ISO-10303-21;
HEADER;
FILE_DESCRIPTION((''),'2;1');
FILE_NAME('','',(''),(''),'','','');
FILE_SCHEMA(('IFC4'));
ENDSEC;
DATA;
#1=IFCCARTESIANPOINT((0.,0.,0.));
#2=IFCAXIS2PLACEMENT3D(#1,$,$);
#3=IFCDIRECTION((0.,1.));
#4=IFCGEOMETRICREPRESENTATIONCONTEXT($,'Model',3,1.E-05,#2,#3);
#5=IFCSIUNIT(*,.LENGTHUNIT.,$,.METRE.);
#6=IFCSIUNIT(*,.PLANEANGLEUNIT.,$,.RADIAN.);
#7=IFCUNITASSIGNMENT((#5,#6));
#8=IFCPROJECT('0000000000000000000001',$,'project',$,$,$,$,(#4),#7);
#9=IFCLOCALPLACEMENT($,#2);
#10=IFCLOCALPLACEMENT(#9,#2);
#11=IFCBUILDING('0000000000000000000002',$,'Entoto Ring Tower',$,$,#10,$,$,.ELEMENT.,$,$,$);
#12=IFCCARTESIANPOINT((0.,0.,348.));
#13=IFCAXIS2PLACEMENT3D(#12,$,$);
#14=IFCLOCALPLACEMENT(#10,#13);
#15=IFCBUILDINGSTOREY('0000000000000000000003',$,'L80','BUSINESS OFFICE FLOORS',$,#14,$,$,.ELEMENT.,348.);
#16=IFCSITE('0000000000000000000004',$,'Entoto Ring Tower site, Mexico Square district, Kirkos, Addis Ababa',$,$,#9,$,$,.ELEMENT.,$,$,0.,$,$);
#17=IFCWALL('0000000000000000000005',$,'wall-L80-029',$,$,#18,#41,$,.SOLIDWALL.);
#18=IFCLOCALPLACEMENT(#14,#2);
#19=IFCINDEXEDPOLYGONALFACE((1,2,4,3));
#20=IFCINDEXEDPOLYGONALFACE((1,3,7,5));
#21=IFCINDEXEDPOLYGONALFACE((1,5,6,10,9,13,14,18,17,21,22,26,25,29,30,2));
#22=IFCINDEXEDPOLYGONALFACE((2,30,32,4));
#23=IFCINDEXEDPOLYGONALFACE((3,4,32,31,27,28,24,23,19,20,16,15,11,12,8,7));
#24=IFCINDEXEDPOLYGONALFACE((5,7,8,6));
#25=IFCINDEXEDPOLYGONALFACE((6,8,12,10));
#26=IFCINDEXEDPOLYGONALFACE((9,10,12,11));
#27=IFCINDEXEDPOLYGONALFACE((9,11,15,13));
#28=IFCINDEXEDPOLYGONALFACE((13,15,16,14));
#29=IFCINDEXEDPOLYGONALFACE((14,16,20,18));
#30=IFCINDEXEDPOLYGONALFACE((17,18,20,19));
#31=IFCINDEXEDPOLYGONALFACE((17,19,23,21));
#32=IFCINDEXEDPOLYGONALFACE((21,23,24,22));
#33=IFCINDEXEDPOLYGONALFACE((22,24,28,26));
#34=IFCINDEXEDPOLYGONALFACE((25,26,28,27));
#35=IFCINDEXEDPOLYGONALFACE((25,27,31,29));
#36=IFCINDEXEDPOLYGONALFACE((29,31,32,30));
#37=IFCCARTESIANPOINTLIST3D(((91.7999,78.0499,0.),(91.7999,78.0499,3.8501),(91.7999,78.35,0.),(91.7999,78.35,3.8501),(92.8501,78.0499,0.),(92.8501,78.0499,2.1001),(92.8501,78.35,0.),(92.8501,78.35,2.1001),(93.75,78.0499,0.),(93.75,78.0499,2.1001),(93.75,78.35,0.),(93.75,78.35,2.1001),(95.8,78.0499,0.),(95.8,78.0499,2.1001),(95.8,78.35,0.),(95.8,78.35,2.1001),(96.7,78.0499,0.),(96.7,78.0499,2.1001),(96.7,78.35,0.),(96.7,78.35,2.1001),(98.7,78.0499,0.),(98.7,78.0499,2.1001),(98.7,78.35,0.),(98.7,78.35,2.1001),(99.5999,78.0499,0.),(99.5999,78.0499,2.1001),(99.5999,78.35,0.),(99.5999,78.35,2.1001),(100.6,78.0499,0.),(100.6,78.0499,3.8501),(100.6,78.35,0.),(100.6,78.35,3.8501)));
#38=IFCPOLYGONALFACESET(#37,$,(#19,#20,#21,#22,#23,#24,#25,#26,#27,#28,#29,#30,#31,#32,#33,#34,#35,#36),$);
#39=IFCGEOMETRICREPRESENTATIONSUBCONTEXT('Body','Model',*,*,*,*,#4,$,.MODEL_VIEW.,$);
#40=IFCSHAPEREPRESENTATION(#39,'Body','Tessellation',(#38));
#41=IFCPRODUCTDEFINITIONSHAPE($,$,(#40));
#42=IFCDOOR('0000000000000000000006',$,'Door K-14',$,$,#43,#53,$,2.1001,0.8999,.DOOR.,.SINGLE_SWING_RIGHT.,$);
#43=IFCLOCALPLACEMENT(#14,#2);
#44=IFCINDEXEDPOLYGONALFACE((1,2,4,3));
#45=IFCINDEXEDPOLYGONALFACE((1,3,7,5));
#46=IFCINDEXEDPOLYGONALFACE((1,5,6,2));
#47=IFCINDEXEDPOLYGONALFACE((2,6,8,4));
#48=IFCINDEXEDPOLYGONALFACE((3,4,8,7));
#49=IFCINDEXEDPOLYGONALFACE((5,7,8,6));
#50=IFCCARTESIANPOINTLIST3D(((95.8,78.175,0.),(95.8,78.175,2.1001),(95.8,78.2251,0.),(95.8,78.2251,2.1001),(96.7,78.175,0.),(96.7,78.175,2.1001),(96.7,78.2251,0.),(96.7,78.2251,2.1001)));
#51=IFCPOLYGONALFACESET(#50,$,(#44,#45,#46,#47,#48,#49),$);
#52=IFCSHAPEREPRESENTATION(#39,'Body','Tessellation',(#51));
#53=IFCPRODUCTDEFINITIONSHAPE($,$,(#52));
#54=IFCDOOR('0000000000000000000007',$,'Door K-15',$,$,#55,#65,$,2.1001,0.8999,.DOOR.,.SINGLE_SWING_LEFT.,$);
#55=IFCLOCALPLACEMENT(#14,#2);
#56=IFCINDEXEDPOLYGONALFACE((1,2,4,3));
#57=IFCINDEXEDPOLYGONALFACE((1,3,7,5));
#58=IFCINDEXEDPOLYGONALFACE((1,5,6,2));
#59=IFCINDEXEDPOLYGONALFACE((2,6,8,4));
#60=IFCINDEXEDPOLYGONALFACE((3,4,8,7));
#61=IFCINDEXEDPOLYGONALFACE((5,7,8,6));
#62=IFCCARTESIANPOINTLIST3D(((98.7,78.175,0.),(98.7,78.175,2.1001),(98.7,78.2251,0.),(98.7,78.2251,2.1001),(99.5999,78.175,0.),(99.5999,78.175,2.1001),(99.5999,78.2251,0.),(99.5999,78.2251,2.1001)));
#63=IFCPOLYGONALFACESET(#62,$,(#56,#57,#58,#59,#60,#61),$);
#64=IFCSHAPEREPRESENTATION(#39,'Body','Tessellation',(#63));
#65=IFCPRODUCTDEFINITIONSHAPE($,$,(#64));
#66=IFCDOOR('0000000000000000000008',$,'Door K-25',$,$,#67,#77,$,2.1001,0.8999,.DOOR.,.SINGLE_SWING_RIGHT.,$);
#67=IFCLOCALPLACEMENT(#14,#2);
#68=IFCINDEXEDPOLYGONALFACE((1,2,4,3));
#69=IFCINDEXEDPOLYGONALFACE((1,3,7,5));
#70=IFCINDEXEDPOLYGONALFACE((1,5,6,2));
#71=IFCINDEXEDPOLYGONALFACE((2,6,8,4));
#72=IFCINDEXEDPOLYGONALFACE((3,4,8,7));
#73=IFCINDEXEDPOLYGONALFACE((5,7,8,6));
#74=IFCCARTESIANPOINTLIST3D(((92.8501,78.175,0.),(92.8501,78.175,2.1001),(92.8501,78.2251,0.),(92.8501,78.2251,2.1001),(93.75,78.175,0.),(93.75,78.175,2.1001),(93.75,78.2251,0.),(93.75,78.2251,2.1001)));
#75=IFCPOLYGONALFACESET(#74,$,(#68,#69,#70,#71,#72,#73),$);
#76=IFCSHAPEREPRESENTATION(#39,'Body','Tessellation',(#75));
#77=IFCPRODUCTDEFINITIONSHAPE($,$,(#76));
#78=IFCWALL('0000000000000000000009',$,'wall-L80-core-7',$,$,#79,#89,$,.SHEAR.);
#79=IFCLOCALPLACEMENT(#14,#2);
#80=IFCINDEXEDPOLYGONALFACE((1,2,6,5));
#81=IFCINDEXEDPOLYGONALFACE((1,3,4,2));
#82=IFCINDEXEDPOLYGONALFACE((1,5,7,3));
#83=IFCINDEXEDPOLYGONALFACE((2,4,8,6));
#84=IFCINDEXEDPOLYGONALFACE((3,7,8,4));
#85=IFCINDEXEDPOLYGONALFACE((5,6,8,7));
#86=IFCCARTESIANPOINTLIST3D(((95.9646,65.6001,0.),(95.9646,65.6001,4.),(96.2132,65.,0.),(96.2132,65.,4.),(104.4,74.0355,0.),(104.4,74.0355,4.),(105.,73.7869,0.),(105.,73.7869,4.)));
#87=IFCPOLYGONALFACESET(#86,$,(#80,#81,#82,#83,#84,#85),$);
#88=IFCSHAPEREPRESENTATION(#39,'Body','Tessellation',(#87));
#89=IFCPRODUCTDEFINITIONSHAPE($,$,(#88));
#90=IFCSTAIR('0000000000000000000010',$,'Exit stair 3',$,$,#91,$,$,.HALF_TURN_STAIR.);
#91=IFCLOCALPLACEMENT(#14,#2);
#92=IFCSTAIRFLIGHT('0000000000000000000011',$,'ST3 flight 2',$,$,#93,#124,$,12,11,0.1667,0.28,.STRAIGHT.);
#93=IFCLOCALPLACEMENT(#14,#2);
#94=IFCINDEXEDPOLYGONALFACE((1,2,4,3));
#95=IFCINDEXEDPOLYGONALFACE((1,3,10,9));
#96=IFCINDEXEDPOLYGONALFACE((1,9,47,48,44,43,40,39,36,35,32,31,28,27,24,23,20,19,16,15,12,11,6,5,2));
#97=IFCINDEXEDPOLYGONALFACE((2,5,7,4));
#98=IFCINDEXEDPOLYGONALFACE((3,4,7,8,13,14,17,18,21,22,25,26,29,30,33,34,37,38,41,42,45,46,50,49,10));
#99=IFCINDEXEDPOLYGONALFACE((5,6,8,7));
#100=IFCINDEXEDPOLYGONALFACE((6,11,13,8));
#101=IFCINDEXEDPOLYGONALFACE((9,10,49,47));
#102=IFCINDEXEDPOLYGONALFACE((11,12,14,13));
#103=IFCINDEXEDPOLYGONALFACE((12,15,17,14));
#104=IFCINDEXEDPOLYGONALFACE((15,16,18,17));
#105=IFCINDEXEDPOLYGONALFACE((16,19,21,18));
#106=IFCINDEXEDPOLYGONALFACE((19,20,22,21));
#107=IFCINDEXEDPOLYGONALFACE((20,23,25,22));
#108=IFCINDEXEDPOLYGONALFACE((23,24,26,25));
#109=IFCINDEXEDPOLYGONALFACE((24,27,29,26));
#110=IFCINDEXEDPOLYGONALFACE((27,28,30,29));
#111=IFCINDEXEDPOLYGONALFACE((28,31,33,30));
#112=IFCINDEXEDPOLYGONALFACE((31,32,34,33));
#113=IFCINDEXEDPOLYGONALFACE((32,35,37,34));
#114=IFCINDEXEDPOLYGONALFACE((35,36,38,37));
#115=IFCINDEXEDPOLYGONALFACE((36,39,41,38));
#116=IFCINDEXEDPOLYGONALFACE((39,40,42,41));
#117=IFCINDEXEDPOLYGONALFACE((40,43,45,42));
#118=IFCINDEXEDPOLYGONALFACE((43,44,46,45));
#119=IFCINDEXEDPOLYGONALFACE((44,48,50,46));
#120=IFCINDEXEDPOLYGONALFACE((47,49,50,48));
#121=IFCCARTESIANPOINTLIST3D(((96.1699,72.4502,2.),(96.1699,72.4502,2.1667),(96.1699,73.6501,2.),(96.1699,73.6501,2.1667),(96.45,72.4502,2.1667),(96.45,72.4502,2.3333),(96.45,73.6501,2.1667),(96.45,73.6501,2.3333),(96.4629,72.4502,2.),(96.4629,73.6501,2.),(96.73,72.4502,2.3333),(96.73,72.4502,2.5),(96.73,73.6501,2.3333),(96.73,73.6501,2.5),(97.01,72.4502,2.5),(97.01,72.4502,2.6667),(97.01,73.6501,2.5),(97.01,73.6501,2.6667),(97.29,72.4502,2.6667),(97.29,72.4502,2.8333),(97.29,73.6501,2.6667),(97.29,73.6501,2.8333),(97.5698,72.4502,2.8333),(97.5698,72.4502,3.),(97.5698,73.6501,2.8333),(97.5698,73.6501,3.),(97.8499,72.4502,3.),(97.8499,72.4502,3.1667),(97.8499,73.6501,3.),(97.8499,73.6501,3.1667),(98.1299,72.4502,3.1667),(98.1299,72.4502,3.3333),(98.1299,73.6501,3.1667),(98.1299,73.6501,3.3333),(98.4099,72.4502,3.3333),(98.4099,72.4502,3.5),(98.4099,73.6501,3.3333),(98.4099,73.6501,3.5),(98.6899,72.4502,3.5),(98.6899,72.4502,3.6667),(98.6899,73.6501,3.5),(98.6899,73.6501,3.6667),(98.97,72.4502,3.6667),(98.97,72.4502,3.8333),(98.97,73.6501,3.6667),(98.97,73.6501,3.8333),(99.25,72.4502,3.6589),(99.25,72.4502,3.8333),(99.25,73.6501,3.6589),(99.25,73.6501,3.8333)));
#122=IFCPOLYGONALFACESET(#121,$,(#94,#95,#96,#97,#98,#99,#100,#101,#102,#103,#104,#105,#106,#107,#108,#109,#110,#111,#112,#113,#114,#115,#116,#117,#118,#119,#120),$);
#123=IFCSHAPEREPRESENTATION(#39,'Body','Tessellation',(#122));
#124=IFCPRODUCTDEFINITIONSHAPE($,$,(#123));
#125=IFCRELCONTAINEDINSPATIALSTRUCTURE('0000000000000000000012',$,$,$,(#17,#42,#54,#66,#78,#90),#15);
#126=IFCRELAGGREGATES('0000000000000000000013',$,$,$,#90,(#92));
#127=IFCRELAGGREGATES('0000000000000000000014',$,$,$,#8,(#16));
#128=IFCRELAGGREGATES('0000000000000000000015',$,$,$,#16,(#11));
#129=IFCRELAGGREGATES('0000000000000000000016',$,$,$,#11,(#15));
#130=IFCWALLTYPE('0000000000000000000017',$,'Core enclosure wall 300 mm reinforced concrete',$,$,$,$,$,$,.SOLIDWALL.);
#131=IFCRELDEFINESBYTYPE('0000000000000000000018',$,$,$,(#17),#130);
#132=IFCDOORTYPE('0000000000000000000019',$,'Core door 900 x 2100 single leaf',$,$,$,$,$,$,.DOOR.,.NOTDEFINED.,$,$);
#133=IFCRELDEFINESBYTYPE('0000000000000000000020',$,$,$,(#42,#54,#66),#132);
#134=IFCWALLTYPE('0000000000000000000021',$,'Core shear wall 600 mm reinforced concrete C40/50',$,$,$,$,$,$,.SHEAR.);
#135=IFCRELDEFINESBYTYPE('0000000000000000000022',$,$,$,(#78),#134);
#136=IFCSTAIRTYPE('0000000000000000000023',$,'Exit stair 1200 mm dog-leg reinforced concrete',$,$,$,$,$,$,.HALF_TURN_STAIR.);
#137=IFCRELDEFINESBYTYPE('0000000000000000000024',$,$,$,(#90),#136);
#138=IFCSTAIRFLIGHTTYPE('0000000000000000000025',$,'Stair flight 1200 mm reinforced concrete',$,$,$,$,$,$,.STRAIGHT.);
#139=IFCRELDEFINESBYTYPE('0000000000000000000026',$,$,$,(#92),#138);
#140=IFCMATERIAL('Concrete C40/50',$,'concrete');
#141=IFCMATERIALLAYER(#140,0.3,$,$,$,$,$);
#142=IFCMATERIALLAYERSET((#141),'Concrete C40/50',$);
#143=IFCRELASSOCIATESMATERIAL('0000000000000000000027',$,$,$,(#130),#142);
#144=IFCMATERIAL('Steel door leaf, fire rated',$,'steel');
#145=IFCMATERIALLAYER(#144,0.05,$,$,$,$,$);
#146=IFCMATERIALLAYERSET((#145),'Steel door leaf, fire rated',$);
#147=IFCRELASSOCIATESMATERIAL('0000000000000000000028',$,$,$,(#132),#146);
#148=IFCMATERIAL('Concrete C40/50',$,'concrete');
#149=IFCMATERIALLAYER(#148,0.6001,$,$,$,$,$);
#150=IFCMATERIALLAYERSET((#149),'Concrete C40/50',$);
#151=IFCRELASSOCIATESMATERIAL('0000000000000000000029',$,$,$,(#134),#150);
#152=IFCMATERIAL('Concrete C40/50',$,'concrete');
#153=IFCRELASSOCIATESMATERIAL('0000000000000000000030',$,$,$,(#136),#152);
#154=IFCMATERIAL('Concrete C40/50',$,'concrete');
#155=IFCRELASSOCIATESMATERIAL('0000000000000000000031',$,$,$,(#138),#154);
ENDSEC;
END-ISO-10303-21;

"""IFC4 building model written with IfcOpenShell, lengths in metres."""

from ifc_helpers import new_model, si_unit, direction, frame, frame_2d, origin, place, context, subcontext, project, spatial, polyline, rectangle, outline, extrude, material, layer, layer_set, type_object, element, fill, aggregate, save


model = new_model("IFC4")

# Units and contexts
model_context = context("Model", 3, precision=1e-05, world=origin(), true_north=direction((0.0, 1.0)))
body_context = subcontext(model_context, "Body", "Model", "MODEL_VIEW")
ifc_project = project(units=[si_unit("LENGTHUNIT", "METRE"), si_unit("PLANEANGLEUNIT", "RADIAN")], contexts=[model_context])

# Site, building, storey
site_placement = place(None, origin())
site = spatial("IfcSite", under=ifc_project, at=site_placement, Name="Entoto Ring Tower site, Mexico Square district, Kirkos, Addis Ababa", CompositionType="ELEMENT", RefElevation=0.0)
building_placement = place(site_placement, origin())
building = spatial("IfcBuilding", under=site, at=building_placement, Name="Entoto Ring Tower", CompositionType="ELEMENT")
storey_placement = place(building_placement, frame((0.0, 0.0, 348.0)))
storey = spatial("IfcBuildingStorey", under=building, at=storey_placement, Name="L80", Description="BUSINESS OFFICE FLOORS", CompositionType="ELEMENT", Elevation=348.0)

# Shared definitions
ifc_material_1 = material(Name="Concrete C40/50", Category="concrete")
ifc_layer_1 = layer(ifc_material_1, 0.3)
ifc_layer_set_1 = layer_set([ifc_layer_1], Name="Concrete C40/50")
wall_type_1 = type_object("IfcWallType", Name="Core enclosure wall 300 mm reinforced concrete", PredefinedType="SOLIDWALL", material=ifc_layer_set_1)

# Shared definitions
ifc_material_2 = material(Name="Steel door leaf, fire rated", Category="steel")
ifc_layer_2 = layer(ifc_material_2, 0.05)
ifc_layer_set_2 = layer_set([ifc_layer_2], Name="Steel door leaf, fire rated")
door_type_1 = type_object("IfcDoorType", Name="Core door 900 x 2100 single leaf", OperationType="NOTDEFINED", PredefinedType="DOOR", material=ifc_layer_set_2)

# Wall, openings, doors
wall_1_placement = place(storey_placement, frame((91.8, 78.2, 0.0), z_axis=(0.0, 0.0, 1.0), x_axis=(1.0, 0.0, 0.0)))
wall_1 = element("IfcWall", 1, at=wall_1_placement, inside=storey, type_object=wall_type_1, Name="wall-L80-029", PredefinedType="SOLIDWALL", context=body_context, shape_type="SweptSolid", body=[
    extrude(rectangle(XDim=8.8, YDim=0.3, at=frame_2d((4.3999, 0.0))), origin(), (0.0, 0.0, 1.0), 3.8501),
])
opening_1_placement = place(wall_1_placement, frame((4.0, 0.0, 0.0)))
opening_1 = element("IfcOpeningElement", 2, at=opening_1_placement, cuts=wall_1, PredefinedType="OPENING", context=body_context, shape_type="SweptSolid", body=[
    extrude(rectangle(XDim=0.8999, YDim=2.1001, at=frame_2d((0.45, 1.05))), frame((0.0, 0.1602, 0.0), z_axis=(0.0, -1.0, 0.0), x_axis=(1.0, 0.0, 0.0)), (0.0, 0.0, 1.0), 0.3201),
])
opening_2_placement = place(wall_1_placement, frame((6.8999, 0.0, 0.0)))
opening_2 = element("IfcOpeningElement", 3, at=opening_2_placement, cuts=wall_1, PredefinedType="OPENING", context=body_context, shape_type="SweptSolid", body=[
    extrude(rectangle(XDim=0.8999, YDim=2.1001, at=frame_2d((0.45, 1.05))), frame((0.0, 0.1602, 0.0), z_axis=(0.0, -1.0, 0.0), x_axis=(1.0, 0.0, 0.0)), (0.0, 0.0, 1.0), 0.3201),
])
opening_3_placement = place(wall_1_placement, frame((1.05, 0.0, 0.0)))
opening_3 = element("IfcOpeningElement", 4, at=opening_3_placement, cuts=wall_1, PredefinedType="OPENING", context=body_context, shape_type="SweptSolid", body=[
    extrude(rectangle(XDim=0.8999, YDim=2.1001, at=frame_2d((0.45, 1.05))), frame((0.0, 0.1602, 0.0), z_axis=(0.0, -1.0, 0.0), x_axis=(1.0, 0.0, 0.0)), (0.0, 0.0, 1.0), 0.3201),
])
door_1_placement = place(opening_1_placement, frame((0.8999, 0.0, 0.0), z_axis=(0.0, 0.0, 1.0), x_axis=(-1.0, 0.0, 0.0)))
door_1 = element("IfcDoor", 5, at=door_1_placement, inside=storey, type_object=door_type_1, Name="Door K-14", OperationType="SINGLE_SWING_RIGHT", OverallHeight=2.1001, OverallWidth=0.8999, PredefinedType="DOOR", context=body_context, shape_type="SweptSolid", body=[
    extrude(rectangle(XDim=0.8999, YDim=2.1001, at=frame_2d((0.45, 1.05))), frame((0.0, 0.0249, 0.0), z_axis=(0.0, -1.0, 0.0), x_axis=(1.0, 0.0, 0.0)), (0.0, 0.0, 1.0), 0.05),
])
fill(opening_1, door_1)
door_2_placement = place(opening_2_placement, frame((0.8999, 0.0, 0.0), z_axis=(0.0, 0.0, 1.0), x_axis=(-1.0, 0.0, 0.0)))
door_2 = element("IfcDoor", 6, at=door_2_placement, inside=storey, type_object=door_type_1, Name="Door K-15", OperationType="SINGLE_SWING_LEFT", OverallHeight=2.1001, OverallWidth=0.8999, PredefinedType="DOOR", context=body_context, shape_type="SweptSolid", body=[
    extrude(rectangle(XDim=0.8999, YDim=2.1001, at=frame_2d((0.45, 1.05))), frame((0.0, 0.0249, 0.0), z_axis=(0.0, -1.0, 0.0), x_axis=(1.0, 0.0, 0.0)), (0.0, 0.0, 1.0), 0.05),
])
fill(opening_2, door_2)
door_3_placement = place(opening_3_placement, frame((0.8999, 0.0, 0.0), z_axis=(0.0, 0.0, 1.0), x_axis=(-1.0, 0.0, 0.0)))
door_3 = element("IfcDoor", 7, at=door_3_placement, inside=storey, type_object=door_type_1, Name="Door K-25", OperationType="SINGLE_SWING_RIGHT", OverallHeight=2.1001, OverallWidth=0.8999, PredefinedType="DOOR", context=body_context, shape_type="SweptSolid", body=[
    extrude(rectangle(XDim=0.8999, YDim=2.1001, at=frame_2d((0.45, 1.05))), frame((0.0, 0.0249, 0.0), z_axis=(0.0, -1.0, 0.0), x_axis=(1.0, 0.0, 0.0)), (0.0, 0.0, 1.0), 0.05),
])
fill(opening_3, door_3)

# Wall
ifc_material_3 = material(Name="Concrete C40/50", Category="concrete")
ifc_layer_3 = layer(ifc_material_3, 0.6001)
ifc_layer_set_3 = layer_set([ifc_layer_3], Name="Concrete C40/50")
wall_type_2 = type_object("IfcWallType", Name="Core shear wall 600 mm reinforced concrete C40/50", PredefinedType="SHEAR", material=ifc_layer_set_3)
wall_2_placement = place(storey_placement, frame((96.0889, 65.3, 0.0), z_axis=(0.0, 0.0, 1.0), x_axis=(0.707107, 0.707107, 0.0)))
element("IfcWall", 8, at=wall_2_placement, inside=storey, type_object=wall_type_2, Name="wall-L80-core-7", PredefinedType="SHEAR", context=body_context, shape_type="SweptSolid", body=[
    extrude(outline(polyline([(-0.1243, -0.3), (12.3022, -0.3), (12.0537, 0.3), (0.1243, 0.3), (-0.1243, -0.3)])), origin(), (0.0, 0.0, 1.0), 4.0),
])

# Stair, stair flight
ifc_material_4 = material(Name="Concrete C40/50", Category="concrete")
stair_type = type_object("IfcStairType", Name="Exit stair 1200 mm dog-leg reinforced concrete", PredefinedType="HALF_TURN_STAIR", material=ifc_material_4)
stair_placement = place(storey_placement, origin())
stair = element("IfcStair", 9, at=stair_placement, inside=storey, type_object=stair_type, Name="Exit stair 3", PredefinedType="HALF_TURN_STAIR")
ifc_material_5 = material(Name="Concrete C40/50", Category="concrete")
stair_flight_type = type_object("IfcStairFlightType", Name="Stair flight 1200 mm reinforced concrete", PredefinedType="STRAIGHT", material=ifc_material_5)
stair_flight_placement = place(storey_placement, frame((96.1699, 73.05, 2.0), z_axis=(0.0, 0.0, 1.0), x_axis=(1.0, 0.0, 0.0)))
stair_flight = element("IfcStairFlight", 10, at=stair_flight_placement, type_object=stair_flight_type, Name="ST3 flight 2", NumberOfRisers=12, NumberOfTreads=11, PredefinedType="STRAIGHT", RiserHeight=0.1667, TreadLength=0.28, context=body_context, shape_type="SweptSolid", body=[
    extrude(outline(polyline([(0.0, 0.0), (0.0, 0.1667), (0.28, 0.1667), (0.28, 0.3333), (0.5601, 0.3333), (0.5601, 0.5), (0.8401, 0.5), (0.8401, 0.6667), (1.1201, 0.6667), (1.1201, 0.8333), (1.3999, 0.8333), (1.3999, 1.0), (1.6799, 1.0), (1.6799, 1.1667), (1.96, 1.1667), (1.96, 1.3333), (2.24, 1.3333), (2.24, 1.5), (2.52, 1.5), (2.52, 1.6667), (2.8, 1.6667), (2.8, 1.8333), (3.0801, 1.8333), (3.0801, 2.0), (3.0801, 1.6589), (0.293, 0.0), (0.0, 0.0)])), frame((0.0, 0.6001, 0.0), z_axis=(0.0, -1.0, 0.0), x_axis=(1.0, 0.0, 0.0)), (0.0, 0.0, 1.0), 1.2),
])
aggregate(stair, [stair_flight])

save(model, "model.ifc")
